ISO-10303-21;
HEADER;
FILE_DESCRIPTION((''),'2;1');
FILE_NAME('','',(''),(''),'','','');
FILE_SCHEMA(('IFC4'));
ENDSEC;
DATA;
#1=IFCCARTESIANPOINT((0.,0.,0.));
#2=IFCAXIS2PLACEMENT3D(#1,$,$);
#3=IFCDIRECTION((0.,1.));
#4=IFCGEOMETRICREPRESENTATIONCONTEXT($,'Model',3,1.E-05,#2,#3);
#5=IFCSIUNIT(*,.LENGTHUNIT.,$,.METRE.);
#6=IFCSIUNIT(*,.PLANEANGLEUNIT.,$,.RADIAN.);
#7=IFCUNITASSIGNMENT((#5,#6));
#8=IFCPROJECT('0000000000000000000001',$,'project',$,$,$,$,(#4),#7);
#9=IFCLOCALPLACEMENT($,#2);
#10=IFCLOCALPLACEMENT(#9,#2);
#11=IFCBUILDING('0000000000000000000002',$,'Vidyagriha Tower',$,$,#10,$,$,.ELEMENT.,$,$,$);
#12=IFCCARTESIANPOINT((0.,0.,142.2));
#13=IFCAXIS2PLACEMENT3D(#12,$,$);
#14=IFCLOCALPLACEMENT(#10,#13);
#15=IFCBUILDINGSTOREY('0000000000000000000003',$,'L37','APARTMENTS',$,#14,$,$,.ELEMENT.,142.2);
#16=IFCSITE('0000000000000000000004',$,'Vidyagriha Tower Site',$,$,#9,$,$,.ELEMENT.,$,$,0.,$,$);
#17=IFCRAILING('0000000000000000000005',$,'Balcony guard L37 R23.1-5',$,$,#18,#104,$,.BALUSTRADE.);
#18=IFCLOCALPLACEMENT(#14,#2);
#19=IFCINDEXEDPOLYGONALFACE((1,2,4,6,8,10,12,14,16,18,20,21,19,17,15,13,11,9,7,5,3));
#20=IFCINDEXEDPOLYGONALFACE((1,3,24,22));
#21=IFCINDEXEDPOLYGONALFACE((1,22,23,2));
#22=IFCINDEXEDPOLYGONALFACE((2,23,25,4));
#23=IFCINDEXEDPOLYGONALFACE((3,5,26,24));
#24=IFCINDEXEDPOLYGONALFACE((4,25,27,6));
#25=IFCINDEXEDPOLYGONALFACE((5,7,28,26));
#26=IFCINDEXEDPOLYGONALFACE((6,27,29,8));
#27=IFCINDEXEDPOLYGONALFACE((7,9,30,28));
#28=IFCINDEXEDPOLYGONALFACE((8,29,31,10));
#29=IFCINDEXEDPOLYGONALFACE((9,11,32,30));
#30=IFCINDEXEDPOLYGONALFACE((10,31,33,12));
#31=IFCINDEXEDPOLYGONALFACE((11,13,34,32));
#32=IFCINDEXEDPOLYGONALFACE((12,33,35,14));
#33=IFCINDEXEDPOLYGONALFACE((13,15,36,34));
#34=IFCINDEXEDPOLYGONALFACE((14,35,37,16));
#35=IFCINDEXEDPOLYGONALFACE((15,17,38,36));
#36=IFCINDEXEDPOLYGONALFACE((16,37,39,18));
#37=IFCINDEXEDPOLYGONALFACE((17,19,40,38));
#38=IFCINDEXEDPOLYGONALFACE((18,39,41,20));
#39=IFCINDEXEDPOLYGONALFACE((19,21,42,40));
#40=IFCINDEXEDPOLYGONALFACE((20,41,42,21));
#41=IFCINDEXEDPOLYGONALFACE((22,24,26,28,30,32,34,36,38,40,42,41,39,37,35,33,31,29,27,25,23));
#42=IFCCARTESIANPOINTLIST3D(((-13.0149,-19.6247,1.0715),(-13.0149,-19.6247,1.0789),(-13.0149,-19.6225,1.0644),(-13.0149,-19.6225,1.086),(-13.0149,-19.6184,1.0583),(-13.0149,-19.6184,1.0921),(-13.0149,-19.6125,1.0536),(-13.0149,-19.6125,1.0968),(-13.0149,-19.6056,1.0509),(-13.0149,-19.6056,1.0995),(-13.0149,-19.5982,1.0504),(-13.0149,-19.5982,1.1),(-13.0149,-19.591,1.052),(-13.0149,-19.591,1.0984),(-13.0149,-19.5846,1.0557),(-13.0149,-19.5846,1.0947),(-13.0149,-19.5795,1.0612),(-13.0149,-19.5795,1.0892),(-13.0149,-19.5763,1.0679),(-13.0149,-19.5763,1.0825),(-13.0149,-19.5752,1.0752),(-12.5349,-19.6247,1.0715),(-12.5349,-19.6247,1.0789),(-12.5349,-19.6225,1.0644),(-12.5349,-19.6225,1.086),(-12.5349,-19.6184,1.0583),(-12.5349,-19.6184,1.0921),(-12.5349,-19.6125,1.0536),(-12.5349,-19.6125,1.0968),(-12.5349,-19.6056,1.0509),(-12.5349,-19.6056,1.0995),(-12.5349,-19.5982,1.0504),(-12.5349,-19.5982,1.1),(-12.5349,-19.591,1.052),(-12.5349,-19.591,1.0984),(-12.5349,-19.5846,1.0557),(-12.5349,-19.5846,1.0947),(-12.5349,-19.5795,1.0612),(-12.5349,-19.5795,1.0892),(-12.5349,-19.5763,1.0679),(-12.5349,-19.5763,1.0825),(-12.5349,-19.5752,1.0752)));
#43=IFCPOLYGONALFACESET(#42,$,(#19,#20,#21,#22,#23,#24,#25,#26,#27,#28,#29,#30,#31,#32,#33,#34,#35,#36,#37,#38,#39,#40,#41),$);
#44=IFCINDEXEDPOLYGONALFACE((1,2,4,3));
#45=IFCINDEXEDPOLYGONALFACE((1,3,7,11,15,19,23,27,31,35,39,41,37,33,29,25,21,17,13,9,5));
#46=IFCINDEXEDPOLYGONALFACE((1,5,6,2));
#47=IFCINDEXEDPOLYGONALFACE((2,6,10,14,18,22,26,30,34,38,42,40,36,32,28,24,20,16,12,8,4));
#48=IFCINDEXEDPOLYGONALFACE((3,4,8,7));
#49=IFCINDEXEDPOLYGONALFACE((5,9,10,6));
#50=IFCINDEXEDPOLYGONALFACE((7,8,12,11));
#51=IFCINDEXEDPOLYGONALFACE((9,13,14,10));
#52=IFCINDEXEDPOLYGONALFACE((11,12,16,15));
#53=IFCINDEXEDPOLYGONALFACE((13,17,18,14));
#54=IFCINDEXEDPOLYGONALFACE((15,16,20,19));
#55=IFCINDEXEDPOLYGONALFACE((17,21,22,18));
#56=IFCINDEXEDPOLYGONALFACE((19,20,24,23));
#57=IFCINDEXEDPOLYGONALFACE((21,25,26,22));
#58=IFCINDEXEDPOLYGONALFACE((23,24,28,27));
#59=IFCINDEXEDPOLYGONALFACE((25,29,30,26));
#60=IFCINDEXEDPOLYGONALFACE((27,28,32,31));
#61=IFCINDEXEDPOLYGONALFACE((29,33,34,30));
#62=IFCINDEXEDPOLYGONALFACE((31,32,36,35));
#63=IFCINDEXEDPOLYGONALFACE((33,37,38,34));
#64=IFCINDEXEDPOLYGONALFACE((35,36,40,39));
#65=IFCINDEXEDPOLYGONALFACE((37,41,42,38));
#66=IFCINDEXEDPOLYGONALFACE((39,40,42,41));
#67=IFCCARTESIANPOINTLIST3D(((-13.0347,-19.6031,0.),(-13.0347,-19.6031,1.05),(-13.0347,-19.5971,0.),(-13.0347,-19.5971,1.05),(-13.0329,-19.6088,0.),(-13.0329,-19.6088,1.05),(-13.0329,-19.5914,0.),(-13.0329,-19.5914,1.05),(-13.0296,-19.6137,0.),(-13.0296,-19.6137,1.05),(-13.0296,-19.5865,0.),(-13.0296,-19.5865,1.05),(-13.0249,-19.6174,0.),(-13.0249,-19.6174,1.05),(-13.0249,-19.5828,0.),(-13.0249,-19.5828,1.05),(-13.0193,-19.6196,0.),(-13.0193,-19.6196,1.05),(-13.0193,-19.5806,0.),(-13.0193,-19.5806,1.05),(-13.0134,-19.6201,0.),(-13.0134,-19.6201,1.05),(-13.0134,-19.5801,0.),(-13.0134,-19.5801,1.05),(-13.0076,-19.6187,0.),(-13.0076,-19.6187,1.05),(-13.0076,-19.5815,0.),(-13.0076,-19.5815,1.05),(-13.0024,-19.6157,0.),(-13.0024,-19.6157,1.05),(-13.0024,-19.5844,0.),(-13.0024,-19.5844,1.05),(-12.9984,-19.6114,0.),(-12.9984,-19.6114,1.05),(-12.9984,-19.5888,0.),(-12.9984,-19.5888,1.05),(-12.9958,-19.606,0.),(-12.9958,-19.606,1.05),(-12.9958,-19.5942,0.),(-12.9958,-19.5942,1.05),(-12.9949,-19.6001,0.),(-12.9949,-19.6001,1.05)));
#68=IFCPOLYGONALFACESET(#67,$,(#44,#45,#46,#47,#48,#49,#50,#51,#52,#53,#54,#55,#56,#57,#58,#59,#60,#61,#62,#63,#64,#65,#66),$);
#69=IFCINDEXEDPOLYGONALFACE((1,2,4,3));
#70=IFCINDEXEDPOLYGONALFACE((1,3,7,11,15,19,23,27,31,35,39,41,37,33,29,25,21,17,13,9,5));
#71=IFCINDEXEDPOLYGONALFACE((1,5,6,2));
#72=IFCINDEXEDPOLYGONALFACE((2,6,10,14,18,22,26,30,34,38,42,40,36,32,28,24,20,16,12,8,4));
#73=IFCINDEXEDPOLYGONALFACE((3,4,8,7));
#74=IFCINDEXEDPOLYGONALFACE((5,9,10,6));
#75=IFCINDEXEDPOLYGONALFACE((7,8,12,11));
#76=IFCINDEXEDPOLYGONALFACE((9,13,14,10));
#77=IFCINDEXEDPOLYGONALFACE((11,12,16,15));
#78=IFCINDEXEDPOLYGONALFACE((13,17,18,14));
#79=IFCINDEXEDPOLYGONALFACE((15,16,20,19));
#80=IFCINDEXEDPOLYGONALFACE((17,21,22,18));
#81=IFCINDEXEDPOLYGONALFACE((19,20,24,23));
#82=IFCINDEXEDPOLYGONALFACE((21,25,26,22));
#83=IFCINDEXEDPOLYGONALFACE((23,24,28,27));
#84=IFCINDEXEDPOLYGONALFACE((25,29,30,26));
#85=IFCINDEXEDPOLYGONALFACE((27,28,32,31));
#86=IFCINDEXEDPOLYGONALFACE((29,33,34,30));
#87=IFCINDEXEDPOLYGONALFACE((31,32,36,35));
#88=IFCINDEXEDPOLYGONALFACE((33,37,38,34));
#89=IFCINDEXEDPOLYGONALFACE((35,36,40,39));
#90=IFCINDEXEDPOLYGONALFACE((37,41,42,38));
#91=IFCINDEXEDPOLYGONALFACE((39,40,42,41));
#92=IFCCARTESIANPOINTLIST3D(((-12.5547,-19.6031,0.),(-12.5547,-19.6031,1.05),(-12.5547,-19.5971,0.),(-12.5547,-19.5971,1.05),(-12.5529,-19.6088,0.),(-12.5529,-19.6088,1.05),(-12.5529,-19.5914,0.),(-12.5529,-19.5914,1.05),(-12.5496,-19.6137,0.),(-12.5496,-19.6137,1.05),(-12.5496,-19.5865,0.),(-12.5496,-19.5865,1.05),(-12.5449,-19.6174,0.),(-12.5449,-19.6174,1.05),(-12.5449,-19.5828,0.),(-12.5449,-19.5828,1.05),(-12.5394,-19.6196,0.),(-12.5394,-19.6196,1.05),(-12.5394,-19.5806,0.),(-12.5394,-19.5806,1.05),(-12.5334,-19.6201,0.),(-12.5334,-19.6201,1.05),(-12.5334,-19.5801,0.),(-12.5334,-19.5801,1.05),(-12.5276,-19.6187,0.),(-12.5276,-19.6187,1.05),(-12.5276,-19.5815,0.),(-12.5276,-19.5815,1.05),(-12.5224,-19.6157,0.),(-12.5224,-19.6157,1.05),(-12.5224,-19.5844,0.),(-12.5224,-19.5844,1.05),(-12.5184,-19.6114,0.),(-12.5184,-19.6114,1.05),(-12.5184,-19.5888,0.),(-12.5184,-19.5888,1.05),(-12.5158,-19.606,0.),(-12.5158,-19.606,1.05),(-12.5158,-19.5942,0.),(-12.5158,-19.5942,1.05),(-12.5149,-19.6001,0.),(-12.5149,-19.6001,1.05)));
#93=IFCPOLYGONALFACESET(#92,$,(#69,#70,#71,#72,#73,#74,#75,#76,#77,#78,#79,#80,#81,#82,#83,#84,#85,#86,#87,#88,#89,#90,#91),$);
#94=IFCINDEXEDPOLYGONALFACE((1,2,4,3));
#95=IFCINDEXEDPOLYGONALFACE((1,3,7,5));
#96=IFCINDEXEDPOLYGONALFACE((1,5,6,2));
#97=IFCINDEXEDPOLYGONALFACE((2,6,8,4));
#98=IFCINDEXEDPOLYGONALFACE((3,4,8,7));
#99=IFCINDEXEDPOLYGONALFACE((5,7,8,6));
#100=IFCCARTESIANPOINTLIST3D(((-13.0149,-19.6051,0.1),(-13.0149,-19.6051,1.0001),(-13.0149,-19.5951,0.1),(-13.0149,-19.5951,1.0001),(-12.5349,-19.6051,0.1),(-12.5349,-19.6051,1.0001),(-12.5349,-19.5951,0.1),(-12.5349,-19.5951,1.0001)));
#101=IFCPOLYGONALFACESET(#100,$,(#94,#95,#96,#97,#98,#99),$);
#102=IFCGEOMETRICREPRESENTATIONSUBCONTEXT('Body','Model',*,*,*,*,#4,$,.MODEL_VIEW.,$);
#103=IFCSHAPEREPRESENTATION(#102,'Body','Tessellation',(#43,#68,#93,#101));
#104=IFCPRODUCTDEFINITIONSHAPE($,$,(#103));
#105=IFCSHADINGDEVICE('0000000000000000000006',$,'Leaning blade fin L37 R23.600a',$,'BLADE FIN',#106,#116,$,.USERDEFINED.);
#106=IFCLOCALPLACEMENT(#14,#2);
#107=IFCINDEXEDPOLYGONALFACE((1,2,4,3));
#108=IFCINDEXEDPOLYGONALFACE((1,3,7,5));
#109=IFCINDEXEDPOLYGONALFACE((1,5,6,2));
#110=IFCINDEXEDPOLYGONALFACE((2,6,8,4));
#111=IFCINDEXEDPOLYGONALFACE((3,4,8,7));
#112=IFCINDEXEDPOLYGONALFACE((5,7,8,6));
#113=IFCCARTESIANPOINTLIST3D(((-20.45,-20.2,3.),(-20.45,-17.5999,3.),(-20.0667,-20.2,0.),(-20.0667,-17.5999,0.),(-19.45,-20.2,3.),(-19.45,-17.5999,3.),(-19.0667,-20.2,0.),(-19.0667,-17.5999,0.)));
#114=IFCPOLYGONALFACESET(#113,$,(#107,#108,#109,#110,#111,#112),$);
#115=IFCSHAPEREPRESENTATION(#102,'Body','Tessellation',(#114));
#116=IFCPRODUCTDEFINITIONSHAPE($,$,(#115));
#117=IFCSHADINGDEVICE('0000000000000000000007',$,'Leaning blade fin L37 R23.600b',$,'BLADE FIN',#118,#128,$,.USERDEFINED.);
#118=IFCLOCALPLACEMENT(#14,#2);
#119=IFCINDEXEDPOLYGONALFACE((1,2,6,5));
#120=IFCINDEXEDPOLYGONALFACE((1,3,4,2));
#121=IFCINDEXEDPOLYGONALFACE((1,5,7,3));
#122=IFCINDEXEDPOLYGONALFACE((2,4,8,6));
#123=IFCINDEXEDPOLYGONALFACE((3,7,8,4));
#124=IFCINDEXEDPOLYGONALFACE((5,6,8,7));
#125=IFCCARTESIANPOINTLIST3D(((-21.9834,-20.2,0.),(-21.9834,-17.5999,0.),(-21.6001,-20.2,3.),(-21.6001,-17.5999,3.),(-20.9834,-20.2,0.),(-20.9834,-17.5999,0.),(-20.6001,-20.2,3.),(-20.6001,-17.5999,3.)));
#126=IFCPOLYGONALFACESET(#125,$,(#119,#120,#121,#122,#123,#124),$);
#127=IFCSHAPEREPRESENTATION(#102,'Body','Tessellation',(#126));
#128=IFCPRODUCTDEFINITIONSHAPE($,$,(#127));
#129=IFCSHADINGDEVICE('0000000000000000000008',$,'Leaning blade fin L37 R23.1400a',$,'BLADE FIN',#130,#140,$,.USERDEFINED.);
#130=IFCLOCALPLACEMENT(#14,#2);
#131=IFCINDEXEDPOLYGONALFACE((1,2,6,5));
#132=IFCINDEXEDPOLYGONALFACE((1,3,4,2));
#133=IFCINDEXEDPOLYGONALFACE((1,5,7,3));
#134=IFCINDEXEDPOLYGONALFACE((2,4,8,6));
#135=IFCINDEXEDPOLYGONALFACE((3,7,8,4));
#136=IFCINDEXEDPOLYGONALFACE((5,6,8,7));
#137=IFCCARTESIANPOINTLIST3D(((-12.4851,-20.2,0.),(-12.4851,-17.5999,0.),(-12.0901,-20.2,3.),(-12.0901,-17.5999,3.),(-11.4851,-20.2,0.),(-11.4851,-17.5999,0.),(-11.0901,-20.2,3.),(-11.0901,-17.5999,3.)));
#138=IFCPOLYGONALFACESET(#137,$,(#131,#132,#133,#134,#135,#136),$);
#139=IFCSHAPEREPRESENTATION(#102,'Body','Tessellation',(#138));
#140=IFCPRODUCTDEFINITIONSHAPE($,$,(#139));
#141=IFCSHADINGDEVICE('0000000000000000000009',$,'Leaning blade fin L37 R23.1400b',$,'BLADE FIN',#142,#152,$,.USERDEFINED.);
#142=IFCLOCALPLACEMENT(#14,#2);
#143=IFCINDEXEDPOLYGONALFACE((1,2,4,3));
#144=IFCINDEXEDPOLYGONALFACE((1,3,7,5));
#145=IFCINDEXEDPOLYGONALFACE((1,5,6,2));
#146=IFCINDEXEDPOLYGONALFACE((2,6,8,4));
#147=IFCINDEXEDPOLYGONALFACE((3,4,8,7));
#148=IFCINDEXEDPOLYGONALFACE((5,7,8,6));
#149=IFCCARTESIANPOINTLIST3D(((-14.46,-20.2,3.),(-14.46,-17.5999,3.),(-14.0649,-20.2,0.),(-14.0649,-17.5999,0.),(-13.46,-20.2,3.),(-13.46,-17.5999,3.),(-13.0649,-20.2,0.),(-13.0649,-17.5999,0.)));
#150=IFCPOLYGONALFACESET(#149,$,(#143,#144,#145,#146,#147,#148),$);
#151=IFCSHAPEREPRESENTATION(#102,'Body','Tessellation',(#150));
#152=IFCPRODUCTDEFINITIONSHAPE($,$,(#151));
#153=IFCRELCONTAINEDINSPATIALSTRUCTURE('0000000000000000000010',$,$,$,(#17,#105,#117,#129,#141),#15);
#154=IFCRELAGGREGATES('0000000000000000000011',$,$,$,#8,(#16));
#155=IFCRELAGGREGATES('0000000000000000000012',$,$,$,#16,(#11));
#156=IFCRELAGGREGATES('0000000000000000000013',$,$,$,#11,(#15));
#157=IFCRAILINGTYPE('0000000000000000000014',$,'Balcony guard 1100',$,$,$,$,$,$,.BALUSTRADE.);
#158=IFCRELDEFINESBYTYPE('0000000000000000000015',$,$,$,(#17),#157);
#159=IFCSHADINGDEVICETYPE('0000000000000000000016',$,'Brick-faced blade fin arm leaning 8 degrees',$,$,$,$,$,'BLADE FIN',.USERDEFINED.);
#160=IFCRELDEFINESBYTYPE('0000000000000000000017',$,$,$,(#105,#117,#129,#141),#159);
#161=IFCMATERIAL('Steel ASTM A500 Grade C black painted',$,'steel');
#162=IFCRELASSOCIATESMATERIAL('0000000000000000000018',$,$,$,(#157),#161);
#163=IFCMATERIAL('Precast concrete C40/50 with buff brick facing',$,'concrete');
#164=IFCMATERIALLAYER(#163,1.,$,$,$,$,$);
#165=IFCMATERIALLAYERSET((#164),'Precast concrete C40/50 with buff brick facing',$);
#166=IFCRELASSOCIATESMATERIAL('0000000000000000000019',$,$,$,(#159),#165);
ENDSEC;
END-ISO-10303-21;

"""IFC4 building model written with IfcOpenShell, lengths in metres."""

from ifc_helpers import new_model, si_unit, direction, frame, origin, origin_2d, place, context, subcontext, project, spatial, polyline, rectangle, circle, outline, extrude, material, layer, layer_set, type_object, element, save


model = new_model("IFC4")

# Units and contexts
model_context = context("Model", 3, precision=1e-05, world=origin(), true_north=direction((0.0, 1.0)))
body_context = subcontext(model_context, "Body", "Model", "MODEL_VIEW")
ifc_project = project(units=[si_unit("LENGTHUNIT", "METRE"), si_unit("PLANEANGLEUNIT", "RADIAN")], contexts=[model_context])

# Site, building, storey
site_placement = place(None, origin())
site = spatial("IfcSite", under=ifc_project, at=site_placement, Name="Vidyagriha Tower Site", CompositionType="ELEMENT", RefElevation=0.0)
building_placement = place(site_placement, origin())
building = spatial("IfcBuilding", under=site, at=building_placement, Name="Vidyagriha Tower", CompositionType="ELEMENT")
storey_placement = place(building_placement, frame((0.0, 0.0, 142.2)))
storey = spatial("IfcBuildingStorey", under=building, at=storey_placement, Name="L37", Description="APARTMENTS", CompositionType="ELEMENT", Elevation=142.2)

# Railing
ifc_material_1 = material(Name="Steel ASTM A500 Grade C black painted", Category="steel")
railing_type = type_object("IfcRailingType", Name="Balcony guard 1100", PredefinedType="BALUSTRADE", material=ifc_material_1)
railing_1_placement = place(storey_placement, frame((-13.0149, -19.6001, 0.0)))
element("IfcRailing", 1, at=railing_1_placement, inside=storey, type_object=railing_type, Name="Balcony guard L37 R23.1-5", PredefinedType="BALUSTRADE", context=body_context, shape_type="SweptSolid", body=[
    extrude(circle(Radius=0.0249, at=origin_2d()), frame((0.0, 0.0, 1.0752), z_axis=(1.0, 0.0, 0.0), x_axis=(0.0, 1.0, 0.0)), (0.0, 0.0, 1.0), 0.48),
    extrude(circle(Radius=0.02, at=origin_2d()), origin(), (0.0, 0.0, 1.0), 1.05),
    extrude(circle(Radius=0.02, at=origin_2d()), frame((0.48, 0.0, 0.0)), (0.0, 0.0, 1.0), 1.05),
    extrude(rectangle(XDim=0.01, YDim=0.9001, at=origin_2d()), frame((0.0, 0.0, 0.55), z_axis=(1.0, 0.0, 0.0), x_axis=(0.0, 1.0, 0.0)), (0.0, 0.0, 1.0), 0.48),
])

# Shading devices
ifc_material_2 = material(Name="Precast concrete C40/50 with buff brick facing", Category="concrete")
ifc_layer_1 = layer(ifc_material_2, 1.0)
ifc_layer_set_1 = layer_set([ifc_layer_1], Name="Precast concrete C40/50 with buff brick facing")
shading_device_type = type_object("IfcShadingDeviceType", Name="Brick-faced blade fin arm leaning 8 degrees", ElementType="BLADE FIN", PredefinedType="USERDEFINED", material=ifc_layer_set_1)
shading_device_1_placement = place(storey_placement, frame((-20.45, -18.8999, 0.0)))
element("IfcShadingDevice", 2, at=shading_device_1_placement, inside=storey, type_object=shading_device_type, Name="Leaning blade fin L37 R23.600a", ObjectType="BLADE FIN", PredefinedType="USERDEFINED", context=body_context, shape_type="SweptSolid", body=[
    extrude(outline(polyline([(0.3833, 0.0), (1.3833, 0.0), (1.0, 3.0), (0.0, 3.0), (0.3833, 0.0)])), frame((0.0, 1.3, 0.0), z_axis=(0.0, -1.0, 0.0), x_axis=(1.0, 0.0, 0.0)), (0.0, 0.0, 1.0), 2.6001),
])
shading_device_2_placement = place(storey_placement, frame((-21.9834, -18.8999, 0.0)))
element("IfcShadingDevice", 3, at=shading_device_2_placement, inside=storey, type_object=shading_device_type, Name="Leaning blade fin L37 R23.600b", ObjectType="BLADE FIN", PredefinedType="USERDEFINED", context=body_context, shape_type="SweptSolid", body=[
    extrude(outline(polyline([(0.0, 0.0), (1.0, 0.0), (1.3833, 3.0), (0.3833, 3.0), (0.0, 0.0)])), frame((0.0, 1.3, 0.0), z_axis=(0.0, -1.0, 0.0), x_axis=(1.0, 0.0, 0.0)), (0.0, 0.0, 1.0), 2.6001),
])
shading_device_3_placement = place(storey_placement, frame((-12.4851, -18.8999, 0.0)))
element("IfcShadingDevice", 4, at=shading_device_3_placement, inside=storey, type_object=shading_device_type, Name="Leaning blade fin L37 R23.1400a", ObjectType="BLADE FIN", PredefinedType="USERDEFINED", context=body_context, shape_type="SweptSolid", body=[
    extrude(outline(polyline([(0.0, 0.0), (1.0, 0.0), (1.395, 3.0), (0.395, 3.0), (0.0, 0.0)])), frame((0.0, 1.3, 0.0), z_axis=(0.0, -1.0, 0.0), x_axis=(1.0, 0.0, 0.0)), (0.0, 0.0, 1.0), 2.6001),
])
shading_device_4_placement = place(storey_placement, frame((-14.46, -18.8999, 0.0)))
element("IfcShadingDevice", 5, at=shading_device_4_placement, inside=storey, type_object=shading_device_type, Name="Leaning blade fin L37 R23.1400b", ObjectType="BLADE FIN", PredefinedType="USERDEFINED", context=body_context, shape_type="SweptSolid", body=[
    extrude(outline(polyline([(0.395, 0.0), (1.395, 0.0), (1.0, 3.0), (0.0, 3.0), (0.395, 0.0)])), frame((0.0, 1.3, 0.0), z_axis=(0.0, -1.0, 0.0), x_axis=(1.0, 0.0, 0.0)), (0.0, 0.0, 1.0), 2.6001),
])

save(model, "model.ifc")
